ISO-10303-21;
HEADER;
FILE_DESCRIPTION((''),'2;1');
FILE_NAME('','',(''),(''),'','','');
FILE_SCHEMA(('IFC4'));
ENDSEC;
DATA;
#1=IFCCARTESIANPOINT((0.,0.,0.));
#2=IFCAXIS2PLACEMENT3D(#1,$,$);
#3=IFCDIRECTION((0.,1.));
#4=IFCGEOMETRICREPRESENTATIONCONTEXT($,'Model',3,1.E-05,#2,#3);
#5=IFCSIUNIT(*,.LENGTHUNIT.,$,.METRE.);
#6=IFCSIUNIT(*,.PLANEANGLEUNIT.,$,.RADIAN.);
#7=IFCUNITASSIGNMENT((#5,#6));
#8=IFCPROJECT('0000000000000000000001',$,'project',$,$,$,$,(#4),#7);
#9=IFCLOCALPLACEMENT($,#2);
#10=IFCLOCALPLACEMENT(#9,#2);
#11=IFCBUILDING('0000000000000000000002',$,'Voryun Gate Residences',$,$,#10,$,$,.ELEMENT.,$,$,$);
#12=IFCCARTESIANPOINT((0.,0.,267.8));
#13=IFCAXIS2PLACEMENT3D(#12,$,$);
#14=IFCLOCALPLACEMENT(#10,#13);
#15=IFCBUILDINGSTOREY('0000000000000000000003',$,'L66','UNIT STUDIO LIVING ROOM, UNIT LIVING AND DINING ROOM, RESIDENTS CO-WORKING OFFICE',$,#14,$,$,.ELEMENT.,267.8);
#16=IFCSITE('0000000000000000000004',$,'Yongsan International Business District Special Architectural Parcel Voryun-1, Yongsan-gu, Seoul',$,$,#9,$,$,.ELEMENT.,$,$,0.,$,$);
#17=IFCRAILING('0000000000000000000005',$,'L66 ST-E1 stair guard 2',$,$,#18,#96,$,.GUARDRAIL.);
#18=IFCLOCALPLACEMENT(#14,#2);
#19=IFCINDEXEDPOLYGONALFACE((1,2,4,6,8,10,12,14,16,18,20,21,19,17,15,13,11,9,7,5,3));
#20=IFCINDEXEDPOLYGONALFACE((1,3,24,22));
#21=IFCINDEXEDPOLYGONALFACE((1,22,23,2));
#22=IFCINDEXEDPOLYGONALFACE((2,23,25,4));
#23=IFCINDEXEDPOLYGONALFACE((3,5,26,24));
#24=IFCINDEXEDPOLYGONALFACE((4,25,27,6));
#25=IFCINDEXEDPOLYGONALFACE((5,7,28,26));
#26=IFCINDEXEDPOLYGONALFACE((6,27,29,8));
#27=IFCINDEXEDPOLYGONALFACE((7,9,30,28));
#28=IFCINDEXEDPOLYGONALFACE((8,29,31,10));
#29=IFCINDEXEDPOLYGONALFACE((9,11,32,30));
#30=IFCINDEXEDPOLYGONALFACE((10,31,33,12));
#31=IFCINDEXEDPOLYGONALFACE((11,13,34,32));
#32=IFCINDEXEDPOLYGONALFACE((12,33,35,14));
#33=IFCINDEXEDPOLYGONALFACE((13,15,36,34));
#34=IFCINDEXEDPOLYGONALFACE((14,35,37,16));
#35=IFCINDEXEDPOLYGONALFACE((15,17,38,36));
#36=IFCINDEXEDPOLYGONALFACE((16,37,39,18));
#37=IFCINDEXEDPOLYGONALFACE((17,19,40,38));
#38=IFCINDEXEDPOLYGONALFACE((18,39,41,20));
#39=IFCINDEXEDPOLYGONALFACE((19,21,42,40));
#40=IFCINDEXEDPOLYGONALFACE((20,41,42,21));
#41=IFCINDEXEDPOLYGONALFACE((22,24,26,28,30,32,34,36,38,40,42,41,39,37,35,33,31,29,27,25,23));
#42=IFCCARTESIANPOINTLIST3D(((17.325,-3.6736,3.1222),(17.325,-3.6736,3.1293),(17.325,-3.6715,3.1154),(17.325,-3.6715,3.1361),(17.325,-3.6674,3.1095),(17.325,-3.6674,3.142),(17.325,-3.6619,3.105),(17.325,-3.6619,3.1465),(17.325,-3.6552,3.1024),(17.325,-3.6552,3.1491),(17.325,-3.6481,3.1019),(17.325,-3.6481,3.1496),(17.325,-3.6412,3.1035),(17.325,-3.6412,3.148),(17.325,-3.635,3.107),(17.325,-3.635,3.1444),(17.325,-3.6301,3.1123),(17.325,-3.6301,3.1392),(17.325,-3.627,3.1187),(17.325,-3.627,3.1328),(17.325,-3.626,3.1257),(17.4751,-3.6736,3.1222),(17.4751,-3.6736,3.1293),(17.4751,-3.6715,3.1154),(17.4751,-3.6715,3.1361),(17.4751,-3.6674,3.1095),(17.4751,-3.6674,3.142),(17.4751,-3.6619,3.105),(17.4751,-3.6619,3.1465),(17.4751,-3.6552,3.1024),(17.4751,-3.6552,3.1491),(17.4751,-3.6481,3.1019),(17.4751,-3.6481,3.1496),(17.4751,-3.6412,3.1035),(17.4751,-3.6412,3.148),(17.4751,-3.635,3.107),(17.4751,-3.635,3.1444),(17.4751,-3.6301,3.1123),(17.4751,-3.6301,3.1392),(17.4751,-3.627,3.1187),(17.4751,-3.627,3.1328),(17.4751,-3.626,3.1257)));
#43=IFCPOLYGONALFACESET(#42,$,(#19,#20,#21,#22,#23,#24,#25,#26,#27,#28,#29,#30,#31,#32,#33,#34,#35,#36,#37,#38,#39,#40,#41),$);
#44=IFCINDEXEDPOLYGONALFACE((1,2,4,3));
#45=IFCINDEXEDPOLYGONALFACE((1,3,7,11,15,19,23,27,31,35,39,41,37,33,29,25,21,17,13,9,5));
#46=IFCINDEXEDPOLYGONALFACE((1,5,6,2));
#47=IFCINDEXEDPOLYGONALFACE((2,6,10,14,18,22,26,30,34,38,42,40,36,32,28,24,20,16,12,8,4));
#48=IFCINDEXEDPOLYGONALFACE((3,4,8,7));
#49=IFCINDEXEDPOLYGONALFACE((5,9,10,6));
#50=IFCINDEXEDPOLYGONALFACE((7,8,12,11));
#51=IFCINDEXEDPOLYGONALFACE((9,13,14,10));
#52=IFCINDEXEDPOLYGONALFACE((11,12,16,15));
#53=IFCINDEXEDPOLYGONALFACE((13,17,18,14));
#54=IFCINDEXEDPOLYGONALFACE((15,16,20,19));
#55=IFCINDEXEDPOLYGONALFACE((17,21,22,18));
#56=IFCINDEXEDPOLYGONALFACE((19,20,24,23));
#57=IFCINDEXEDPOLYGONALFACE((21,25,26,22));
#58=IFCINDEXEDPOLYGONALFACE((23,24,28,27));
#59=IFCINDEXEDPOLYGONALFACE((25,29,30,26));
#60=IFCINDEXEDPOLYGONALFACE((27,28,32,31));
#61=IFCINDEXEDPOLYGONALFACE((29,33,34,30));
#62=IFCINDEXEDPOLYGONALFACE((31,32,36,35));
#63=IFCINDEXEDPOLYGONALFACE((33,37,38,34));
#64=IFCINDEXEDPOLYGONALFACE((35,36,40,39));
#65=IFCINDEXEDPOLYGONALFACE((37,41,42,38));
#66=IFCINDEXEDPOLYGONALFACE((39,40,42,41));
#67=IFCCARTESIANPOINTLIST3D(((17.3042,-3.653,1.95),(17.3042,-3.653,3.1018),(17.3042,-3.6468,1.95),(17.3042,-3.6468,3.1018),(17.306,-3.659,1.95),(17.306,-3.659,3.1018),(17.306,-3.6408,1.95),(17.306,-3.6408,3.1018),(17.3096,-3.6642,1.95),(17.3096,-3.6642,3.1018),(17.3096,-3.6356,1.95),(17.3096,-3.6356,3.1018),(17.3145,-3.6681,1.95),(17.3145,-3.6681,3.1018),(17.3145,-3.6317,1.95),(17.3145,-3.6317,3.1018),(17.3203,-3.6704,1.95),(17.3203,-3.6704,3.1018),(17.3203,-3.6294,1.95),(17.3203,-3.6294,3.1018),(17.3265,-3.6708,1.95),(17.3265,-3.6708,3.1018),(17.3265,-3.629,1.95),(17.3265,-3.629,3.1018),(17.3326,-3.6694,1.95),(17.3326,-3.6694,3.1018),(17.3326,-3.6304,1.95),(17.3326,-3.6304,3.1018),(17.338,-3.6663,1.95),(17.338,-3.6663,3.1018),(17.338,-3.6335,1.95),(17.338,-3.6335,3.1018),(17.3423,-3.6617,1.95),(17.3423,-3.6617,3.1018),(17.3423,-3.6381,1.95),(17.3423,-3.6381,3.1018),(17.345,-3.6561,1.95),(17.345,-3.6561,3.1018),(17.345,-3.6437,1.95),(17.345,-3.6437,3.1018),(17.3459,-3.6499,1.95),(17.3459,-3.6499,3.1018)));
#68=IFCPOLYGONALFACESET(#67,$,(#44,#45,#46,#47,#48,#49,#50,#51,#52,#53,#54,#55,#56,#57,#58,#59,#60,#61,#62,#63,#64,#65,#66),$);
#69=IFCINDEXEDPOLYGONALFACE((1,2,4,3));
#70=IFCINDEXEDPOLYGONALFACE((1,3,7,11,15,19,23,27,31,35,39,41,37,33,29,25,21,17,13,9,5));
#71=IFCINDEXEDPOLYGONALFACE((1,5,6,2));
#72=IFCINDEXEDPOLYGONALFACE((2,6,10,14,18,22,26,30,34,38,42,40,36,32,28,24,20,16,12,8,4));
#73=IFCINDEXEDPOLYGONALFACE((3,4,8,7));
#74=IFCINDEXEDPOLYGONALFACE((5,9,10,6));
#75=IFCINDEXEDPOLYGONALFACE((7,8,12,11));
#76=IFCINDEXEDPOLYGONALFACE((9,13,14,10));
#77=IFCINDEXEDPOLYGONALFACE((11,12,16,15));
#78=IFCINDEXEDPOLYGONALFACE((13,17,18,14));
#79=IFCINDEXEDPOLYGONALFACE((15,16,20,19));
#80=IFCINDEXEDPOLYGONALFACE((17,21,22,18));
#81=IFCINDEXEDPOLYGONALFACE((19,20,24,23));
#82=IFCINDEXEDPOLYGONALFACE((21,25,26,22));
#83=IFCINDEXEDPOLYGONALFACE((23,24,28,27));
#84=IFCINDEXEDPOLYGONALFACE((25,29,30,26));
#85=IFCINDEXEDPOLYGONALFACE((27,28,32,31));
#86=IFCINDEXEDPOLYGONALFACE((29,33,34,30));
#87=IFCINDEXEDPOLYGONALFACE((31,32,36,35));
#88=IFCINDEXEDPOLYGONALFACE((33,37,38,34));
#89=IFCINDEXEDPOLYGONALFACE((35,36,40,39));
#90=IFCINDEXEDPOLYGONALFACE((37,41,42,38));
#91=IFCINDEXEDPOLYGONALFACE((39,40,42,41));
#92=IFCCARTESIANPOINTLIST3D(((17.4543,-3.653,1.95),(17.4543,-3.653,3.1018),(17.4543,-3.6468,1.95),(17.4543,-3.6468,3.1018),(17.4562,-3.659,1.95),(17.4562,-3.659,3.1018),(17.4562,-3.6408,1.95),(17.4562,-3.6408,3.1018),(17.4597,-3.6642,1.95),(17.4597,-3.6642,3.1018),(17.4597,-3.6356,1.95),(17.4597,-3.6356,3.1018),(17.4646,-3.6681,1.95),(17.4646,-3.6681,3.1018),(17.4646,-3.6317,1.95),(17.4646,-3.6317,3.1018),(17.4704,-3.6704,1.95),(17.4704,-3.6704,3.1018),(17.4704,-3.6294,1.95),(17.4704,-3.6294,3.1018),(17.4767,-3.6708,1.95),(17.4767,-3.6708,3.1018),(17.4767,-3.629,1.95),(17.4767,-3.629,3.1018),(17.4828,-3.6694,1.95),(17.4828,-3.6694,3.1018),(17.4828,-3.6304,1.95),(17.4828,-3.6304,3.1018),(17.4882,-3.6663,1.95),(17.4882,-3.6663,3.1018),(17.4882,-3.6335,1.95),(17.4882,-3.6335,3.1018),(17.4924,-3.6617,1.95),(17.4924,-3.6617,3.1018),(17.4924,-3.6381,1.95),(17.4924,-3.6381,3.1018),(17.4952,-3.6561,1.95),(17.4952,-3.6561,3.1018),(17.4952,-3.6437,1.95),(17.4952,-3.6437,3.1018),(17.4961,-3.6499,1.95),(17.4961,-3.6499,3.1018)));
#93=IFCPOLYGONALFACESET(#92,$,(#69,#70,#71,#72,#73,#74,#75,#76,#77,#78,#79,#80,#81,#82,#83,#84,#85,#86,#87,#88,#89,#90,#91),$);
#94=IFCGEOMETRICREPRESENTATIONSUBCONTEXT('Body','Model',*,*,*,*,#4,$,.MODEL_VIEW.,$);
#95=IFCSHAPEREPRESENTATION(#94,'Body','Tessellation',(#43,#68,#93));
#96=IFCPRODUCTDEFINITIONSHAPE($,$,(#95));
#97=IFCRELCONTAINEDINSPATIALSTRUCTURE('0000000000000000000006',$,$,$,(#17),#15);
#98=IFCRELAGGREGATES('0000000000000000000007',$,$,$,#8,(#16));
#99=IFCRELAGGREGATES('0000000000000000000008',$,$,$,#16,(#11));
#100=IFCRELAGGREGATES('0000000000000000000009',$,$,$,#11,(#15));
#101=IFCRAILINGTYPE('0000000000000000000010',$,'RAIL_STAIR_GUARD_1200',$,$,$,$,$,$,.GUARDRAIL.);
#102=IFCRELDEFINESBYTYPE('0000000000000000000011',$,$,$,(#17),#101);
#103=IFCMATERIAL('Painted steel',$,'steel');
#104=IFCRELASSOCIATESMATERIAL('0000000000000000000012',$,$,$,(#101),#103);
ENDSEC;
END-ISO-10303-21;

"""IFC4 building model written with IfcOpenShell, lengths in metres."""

from ifc_helpers import new_model, si_unit, direction, frame, origin, origin_2d, place, context, subcontext, project, spatial, circle, extrude, material, type_object, element, save


model = new_model("IFC4")

# Units and contexts
model_context = context("Model", 3, precision=1e-05, world=origin(), true_north=direction((0.0, 1.0)))
body_context = subcontext(model_context, "Body", "Model", "MODEL_VIEW")
ifc_project = project(units=[si_unit("LENGTHUNIT", "METRE"), si_unit("PLANEANGLEUNIT", "RADIAN")], contexts=[model_context])

# Site, building, storey
site_placement = place(None, origin())
site = spatial("IfcSite", under=ifc_project, at=site_placement, Name="Yongsan International Business District Special Architectural Parcel Voryun-1, Yongsan-gu, Seoul", CompositionType="ELEMENT", RefElevation=0.0)
building_placement = place(site_placement, origin())
building = spatial("IfcBuilding", under=site, at=building_placement, Name="Voryun Gate Residences", CompositionType="ELEMENT")
storey_placement = place(building_placement, frame((0.0, 0.0, 267.8)))
storey = spatial("IfcBuildingStorey", under=building, at=storey_placement, Name="L66", Description="UNIT STUDIO LIVING ROOM, UNIT LIVING AND DINING ROOM, RESIDENTS CO-WORKING OFFICE", CompositionType="ELEMENT", Elevation=267.8)

# Railing
ifc_material_1 = material(Name="Painted steel", Category="steel")
railing_type_1 = type_object("IfcRailingType", Name="RAIL_STAIR_GUARD_1200", PredefinedType="GUARDRAIL", material=ifc_material_1)
railing_1_placement = place(storey_placement, frame((17.325, -3.6499, 1.95)))
element("IfcRailing", 1, at=railing_1_placement, inside=storey, type_object=railing_type_1, Name="L66 ST-E1 stair guard 2", PredefinedType="GUARDRAIL", context=body_context, shape_type="SweptSolid", body=[
    extrude(circle(Radius=0.0239, at=origin_2d()), frame((0.0, 0.0, 1.1758), z_axis=(1.0, 0.0, 0.0), x_axis=(0.0, 1.0, 0.0)), (0.0, 0.0, 1.0), 0.1501),
    extrude(circle(Radius=0.021, at=origin_2d()), origin(), (0.0, 0.0, 1.0), 1.1519),
    extrude(circle(Radius=0.021, at=origin_2d()), frame((0.1501, 0.0, 0.0)), (0.0, 0.0, 1.0), 1.1519),
])

save(model, "model.ifc")
